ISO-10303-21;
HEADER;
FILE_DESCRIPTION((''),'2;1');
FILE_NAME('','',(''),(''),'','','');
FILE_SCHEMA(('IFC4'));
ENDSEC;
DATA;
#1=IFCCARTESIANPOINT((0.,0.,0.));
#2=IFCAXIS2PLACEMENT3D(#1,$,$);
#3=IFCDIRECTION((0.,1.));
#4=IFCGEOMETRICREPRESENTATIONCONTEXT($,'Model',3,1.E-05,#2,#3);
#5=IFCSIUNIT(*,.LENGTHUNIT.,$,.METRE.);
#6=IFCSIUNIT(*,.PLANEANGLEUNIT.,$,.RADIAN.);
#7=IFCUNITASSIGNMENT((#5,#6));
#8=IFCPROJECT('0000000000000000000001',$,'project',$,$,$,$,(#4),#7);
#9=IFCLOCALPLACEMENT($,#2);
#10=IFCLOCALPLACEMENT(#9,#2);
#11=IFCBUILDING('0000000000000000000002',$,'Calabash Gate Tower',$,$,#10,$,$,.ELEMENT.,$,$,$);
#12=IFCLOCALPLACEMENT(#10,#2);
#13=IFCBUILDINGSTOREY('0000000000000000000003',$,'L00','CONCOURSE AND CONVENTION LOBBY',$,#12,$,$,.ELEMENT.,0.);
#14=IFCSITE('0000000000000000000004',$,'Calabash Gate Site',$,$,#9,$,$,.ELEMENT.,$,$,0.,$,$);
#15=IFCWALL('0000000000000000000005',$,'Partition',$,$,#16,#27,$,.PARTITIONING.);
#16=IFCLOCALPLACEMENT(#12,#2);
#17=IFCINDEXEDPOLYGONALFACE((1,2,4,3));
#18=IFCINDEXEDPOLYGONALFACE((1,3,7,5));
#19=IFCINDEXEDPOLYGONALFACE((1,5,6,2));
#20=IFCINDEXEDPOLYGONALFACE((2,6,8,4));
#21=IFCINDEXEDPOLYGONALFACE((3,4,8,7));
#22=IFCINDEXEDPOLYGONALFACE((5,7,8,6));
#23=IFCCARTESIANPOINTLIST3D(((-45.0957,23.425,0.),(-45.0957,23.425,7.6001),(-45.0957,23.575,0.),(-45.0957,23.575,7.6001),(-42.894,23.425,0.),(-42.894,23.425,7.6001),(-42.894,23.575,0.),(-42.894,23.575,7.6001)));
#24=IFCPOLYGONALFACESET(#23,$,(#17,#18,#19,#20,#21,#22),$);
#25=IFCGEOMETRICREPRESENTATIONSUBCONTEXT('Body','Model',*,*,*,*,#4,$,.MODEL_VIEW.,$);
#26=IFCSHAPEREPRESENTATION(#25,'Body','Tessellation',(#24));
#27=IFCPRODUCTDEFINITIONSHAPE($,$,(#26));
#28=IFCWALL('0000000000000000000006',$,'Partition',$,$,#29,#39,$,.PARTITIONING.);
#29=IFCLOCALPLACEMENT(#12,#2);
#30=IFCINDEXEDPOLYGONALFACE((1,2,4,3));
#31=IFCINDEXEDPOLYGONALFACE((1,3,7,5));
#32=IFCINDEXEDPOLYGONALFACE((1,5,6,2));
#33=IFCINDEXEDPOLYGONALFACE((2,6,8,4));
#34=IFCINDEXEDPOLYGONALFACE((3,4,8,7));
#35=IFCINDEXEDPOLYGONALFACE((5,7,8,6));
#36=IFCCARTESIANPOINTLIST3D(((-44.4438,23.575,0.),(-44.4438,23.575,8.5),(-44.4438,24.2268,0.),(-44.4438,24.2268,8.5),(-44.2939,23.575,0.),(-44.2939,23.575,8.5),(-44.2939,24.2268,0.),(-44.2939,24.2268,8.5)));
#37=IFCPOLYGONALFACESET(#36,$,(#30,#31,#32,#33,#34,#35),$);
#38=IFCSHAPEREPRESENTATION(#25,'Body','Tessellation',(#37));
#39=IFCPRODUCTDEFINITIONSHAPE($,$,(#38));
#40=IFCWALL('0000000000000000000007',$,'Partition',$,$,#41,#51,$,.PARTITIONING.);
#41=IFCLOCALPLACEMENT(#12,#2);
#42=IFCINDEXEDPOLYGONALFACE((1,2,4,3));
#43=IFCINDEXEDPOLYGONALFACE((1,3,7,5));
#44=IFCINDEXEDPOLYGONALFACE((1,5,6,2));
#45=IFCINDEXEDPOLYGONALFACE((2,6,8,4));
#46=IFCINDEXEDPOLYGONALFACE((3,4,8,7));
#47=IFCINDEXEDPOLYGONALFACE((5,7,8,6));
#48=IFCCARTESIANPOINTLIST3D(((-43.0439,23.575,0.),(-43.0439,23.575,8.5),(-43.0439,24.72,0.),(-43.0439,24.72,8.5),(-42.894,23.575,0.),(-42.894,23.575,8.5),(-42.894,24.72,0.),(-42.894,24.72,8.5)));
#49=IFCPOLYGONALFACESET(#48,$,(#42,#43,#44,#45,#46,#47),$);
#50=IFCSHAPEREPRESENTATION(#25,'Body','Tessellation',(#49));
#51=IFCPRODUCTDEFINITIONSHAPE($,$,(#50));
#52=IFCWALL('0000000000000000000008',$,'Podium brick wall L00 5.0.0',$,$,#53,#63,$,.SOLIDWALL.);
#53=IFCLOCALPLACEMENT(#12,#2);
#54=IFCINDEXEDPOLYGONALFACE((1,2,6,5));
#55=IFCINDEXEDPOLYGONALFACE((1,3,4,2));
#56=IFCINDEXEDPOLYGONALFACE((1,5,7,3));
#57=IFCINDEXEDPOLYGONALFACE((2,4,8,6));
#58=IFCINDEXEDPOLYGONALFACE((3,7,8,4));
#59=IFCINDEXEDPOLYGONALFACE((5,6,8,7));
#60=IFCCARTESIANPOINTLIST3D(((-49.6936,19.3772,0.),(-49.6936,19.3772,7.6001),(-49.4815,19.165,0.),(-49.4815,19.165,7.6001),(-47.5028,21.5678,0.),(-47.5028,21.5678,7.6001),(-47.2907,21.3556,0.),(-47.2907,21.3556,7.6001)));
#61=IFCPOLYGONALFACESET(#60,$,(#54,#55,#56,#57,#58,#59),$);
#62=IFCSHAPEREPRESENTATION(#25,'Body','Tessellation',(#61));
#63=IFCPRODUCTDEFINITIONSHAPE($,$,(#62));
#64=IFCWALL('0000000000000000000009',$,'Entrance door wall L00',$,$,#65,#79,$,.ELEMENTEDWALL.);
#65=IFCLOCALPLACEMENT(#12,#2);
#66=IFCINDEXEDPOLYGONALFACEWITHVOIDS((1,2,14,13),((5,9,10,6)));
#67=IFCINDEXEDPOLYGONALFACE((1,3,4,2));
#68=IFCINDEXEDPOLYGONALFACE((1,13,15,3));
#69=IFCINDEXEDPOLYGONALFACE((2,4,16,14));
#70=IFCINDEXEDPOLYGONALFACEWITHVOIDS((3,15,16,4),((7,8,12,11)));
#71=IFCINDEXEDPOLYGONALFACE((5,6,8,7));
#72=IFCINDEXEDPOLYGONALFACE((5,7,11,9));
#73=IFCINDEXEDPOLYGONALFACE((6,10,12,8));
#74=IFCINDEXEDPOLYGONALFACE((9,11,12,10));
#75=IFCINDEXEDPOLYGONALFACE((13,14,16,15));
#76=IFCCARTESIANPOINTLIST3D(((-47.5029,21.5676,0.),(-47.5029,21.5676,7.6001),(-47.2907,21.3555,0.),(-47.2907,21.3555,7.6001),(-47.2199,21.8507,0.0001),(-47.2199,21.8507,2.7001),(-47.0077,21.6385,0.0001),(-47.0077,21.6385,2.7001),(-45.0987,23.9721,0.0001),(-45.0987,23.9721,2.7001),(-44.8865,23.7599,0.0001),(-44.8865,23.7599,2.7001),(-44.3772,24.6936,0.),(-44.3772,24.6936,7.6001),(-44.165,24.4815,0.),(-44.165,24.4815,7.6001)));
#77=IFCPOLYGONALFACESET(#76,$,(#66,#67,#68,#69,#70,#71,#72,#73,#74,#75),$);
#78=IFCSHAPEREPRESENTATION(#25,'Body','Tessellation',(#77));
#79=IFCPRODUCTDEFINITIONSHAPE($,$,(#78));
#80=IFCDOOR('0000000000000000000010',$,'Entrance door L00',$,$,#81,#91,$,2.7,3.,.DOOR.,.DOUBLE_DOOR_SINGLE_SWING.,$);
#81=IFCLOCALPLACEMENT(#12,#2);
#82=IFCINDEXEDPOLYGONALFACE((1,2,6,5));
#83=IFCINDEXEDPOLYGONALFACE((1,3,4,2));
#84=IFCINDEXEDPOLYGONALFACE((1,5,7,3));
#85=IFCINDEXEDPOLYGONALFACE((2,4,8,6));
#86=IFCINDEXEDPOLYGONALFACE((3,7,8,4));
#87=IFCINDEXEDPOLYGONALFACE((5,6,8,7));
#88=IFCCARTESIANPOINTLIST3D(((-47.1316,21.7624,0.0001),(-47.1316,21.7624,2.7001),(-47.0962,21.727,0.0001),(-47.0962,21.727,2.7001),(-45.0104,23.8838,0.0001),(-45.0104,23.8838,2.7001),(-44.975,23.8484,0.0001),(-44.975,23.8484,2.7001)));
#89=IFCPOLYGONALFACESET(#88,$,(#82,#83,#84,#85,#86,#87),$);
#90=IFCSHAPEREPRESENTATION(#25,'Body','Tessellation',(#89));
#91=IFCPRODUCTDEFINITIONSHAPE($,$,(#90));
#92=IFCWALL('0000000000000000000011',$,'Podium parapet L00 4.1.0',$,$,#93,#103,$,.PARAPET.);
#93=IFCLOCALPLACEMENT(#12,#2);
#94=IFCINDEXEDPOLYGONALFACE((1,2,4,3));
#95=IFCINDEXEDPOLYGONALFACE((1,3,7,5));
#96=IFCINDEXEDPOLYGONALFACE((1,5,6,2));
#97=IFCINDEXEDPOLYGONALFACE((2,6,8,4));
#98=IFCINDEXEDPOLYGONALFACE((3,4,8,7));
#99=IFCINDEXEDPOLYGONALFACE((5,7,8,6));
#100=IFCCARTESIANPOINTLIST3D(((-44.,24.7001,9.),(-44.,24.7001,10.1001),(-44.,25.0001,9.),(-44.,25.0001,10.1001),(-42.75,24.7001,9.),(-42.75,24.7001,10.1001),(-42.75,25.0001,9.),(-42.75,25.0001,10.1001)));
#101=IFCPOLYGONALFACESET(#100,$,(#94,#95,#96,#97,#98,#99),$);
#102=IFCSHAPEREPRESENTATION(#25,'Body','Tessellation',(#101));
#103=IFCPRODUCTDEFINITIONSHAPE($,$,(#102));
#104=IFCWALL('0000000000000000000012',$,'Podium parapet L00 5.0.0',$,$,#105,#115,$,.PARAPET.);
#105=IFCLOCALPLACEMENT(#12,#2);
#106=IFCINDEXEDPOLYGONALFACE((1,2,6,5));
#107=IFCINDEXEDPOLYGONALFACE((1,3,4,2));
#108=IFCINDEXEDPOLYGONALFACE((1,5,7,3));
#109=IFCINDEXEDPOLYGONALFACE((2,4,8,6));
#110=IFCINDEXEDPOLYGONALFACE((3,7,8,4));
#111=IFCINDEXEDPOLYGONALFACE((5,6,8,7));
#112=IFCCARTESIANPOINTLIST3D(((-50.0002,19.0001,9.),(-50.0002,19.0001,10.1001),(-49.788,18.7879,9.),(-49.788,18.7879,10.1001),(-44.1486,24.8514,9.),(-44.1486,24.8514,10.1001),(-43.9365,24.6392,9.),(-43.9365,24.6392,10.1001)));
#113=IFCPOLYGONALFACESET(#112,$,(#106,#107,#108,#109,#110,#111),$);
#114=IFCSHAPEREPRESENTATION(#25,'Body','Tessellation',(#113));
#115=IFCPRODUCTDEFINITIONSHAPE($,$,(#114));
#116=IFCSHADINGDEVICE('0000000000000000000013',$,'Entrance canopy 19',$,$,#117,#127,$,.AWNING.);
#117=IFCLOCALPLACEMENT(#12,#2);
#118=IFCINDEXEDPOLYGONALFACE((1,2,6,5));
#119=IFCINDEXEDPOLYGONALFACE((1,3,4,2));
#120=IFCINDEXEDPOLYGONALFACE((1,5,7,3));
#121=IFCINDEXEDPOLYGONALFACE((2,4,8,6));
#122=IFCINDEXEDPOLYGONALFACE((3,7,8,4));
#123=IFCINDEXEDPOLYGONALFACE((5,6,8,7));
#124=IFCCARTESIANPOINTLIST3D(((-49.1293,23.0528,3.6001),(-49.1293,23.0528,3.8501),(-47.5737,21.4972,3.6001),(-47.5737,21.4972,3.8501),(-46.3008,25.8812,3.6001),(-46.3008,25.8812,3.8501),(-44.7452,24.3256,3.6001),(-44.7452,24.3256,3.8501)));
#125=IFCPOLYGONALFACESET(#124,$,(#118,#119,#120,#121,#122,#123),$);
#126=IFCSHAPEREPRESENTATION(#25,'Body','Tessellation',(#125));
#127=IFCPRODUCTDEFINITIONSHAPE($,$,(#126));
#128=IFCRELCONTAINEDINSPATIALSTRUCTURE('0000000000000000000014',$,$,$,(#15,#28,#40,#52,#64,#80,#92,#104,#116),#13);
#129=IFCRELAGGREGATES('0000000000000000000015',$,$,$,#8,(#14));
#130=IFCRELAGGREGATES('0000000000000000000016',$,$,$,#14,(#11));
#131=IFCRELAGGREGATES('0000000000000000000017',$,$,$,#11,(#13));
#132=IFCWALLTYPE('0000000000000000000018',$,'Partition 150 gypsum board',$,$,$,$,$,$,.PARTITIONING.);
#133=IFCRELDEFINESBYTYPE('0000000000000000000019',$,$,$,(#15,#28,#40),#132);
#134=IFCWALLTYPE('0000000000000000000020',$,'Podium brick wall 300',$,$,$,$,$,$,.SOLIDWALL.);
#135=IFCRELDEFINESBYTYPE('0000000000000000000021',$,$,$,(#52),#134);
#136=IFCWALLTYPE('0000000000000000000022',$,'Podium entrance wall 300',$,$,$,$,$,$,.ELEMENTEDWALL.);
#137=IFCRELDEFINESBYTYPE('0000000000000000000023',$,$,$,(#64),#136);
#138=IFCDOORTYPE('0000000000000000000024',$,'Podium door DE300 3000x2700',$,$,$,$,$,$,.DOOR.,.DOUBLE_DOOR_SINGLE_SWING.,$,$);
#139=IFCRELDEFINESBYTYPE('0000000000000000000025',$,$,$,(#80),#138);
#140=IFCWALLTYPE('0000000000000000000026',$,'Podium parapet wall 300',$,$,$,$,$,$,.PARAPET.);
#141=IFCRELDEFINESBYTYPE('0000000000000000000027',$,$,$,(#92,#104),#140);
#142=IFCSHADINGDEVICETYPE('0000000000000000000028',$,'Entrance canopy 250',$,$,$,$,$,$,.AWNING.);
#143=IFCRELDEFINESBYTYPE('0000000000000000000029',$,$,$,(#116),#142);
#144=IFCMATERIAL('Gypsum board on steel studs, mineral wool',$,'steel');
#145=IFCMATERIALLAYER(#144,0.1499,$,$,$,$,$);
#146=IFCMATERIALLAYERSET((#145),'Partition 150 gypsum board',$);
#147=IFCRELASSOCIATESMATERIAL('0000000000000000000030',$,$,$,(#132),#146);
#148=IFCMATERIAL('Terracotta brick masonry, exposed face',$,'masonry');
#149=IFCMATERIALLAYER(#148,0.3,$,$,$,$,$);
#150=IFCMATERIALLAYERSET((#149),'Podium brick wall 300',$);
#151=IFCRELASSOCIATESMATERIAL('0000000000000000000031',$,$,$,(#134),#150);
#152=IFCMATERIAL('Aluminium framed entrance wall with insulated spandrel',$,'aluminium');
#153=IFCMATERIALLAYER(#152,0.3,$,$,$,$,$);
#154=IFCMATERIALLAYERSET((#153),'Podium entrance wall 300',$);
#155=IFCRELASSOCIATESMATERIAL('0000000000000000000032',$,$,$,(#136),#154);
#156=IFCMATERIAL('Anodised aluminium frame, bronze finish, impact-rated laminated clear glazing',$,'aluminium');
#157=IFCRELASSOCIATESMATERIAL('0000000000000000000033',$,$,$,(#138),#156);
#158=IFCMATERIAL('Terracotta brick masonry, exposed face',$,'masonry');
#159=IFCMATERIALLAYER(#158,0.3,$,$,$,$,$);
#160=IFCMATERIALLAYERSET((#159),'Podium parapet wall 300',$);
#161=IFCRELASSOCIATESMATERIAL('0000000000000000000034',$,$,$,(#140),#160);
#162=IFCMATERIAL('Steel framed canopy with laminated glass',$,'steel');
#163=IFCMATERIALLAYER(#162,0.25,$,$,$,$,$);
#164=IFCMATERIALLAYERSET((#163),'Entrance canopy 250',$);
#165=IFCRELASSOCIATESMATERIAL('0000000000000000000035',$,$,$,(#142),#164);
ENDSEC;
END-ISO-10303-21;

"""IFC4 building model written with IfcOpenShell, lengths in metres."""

from ifc_helpers import new_model, si_unit, direction, frame, frame_2d, origin, origin_2d, place, context, subcontext, project, spatial, rectangle, extrude, material, layer, layer_set, type_object, element, fill, save


model = new_model("IFC4")

# Units and contexts
model_context = context("Model", 3, precision=1e-05, world=origin(), true_north=direction((0.0, 1.0)))
body_context = subcontext(model_context, "Body", "Model", "MODEL_VIEW")
ifc_project = project(units=[si_unit("LENGTHUNIT", "METRE"), si_unit("PLANEANGLEUNIT", "RADIAN")], contexts=[model_context])

# Site, building, storey
site_placement = place(None, origin())
site = spatial("IfcSite", under=ifc_project, at=site_placement, Name="Calabash Gate Site", CompositionType="ELEMENT", RefElevation=0.0)
building_placement = place(site_placement, origin())
building = spatial("IfcBuilding", under=site, at=building_placement, Name="Calabash Gate Tower", CompositionType="ELEMENT")
storey_placement = place(building_placement, origin())
storey = spatial("IfcBuildingStorey", under=building, at=storey_placement, Name="L00", Description="CONCOURSE AND CONVENTION LOBBY", CompositionType="ELEMENT", Elevation=0.0)

# Walls
ifc_material_1 = material(Name="Gypsum board on steel studs, mineral wool", Category="steel")
ifc_layer_1 = layer(ifc_material_1, 0.1499)
ifc_layer_set_1 = layer_set([ifc_layer_1], Name="Partition 150 gypsum board")
wall_type_1 = type_object("IfcWallType", Name="Partition 150 gypsum board", PredefinedType="PARTITIONING", material=ifc_layer_set_1)
wall_1_placement = place(storey_placement, frame((-45.0957, 23.5, 0.0), z_axis=(0.0, 0.0, 1.0), x_axis=(1.0, 0.0, 0.0)))
element("IfcWall", 1, at=wall_1_placement, inside=storey, type_object=wall_type_1, Name="Partition", PredefinedType="PARTITIONING", context=body_context, shape_type="SweptSolid", body=[
    extrude(rectangle(XDim=2.2017, YDim=0.1499, at=frame_2d((1.1008, 0.0))), origin(), (0.0, 0.0, 1.0), 7.6001),
])
wall_2_placement = place(storey_placement, frame((-44.3689, 23.575, 0.0), z_axis=(0.0, 0.0, 1.0), x_axis=(0.0, 1.0, 0.0)))
element("IfcWall", 2, at=wall_2_placement, inside=storey, type_object=wall_type_1, Name="Partition", PredefinedType="PARTITIONING", context=body_context, shape_type="SweptSolid", body=[
    extrude(rectangle(XDim=0.6519, YDim=0.1499, at=frame_2d((0.3259, 0.0))), origin(), (0.0, 0.0, 1.0), 8.5),
])
wall_3_placement = place(storey_placement, frame((-42.969, 23.575, 0.0), z_axis=(0.0, 0.0, 1.0), x_axis=(0.0, 1.0, 0.0)))
element("IfcWall", 3, at=wall_3_placement, inside=storey, type_object=wall_type_1, Name="Partition", PredefinedType="PARTITIONING", context=body_context, shape_type="SweptSolid", body=[
    extrude(rectangle(XDim=1.145, YDim=0.1499, at=frame_2d((0.5725, 0.0))), origin(), (0.0, 0.0, 1.0), 8.5),
])
ifc_material_2 = material(Name="Terracotta brick masonry, exposed face", Category="masonry")
ifc_layer_2 = layer(ifc_material_2, 0.3)
ifc_layer_set_2 = layer_set([ifc_layer_2], Name="Podium brick wall 300")
wall_type_2 = type_object("IfcWallType", Name="Podium brick wall 300", PredefinedType="SOLIDWALL", material=ifc_layer_set_2)
wall_4_placement = place(storey_placement, frame((-47.3967, 21.4617, 0.0), z_axis=(0.0, 0.0, 1.0), x_axis=(-0.707146, -0.707067, 0.0)))
element("IfcWall", 4, at=wall_4_placement, inside=storey, type_object=wall_type_2, Name="Podium brick wall L00 5.0.0", PredefinedType="SOLIDWALL", context=body_context, shape_type="SweptSolid", body=[
    extrude(rectangle(XDim=3.0981, YDim=0.3, at=frame_2d((1.5491, 0.0))), origin(), (0.0, 0.0, 1.0), 7.6001),
])

# Wall, opening, door
ifc_material_3 = material(Name="Aluminium framed entrance wall with insulated spandrel", Category="aluminium")
ifc_layer_3 = layer(ifc_material_3, 0.3)
ifc_layer_set_3 = layer_set([ifc_layer_3], Name="Podium entrance wall 300")
wall_type_3 = type_object("IfcWallType", Name="Podium entrance wall 300", PredefinedType="ELEMENTEDWALL", material=ifc_layer_set_3)
wall_5_placement = place(storey_placement, frame((-44.271, 24.5876, 0.0), z_axis=(0.0, 0.0, 1.0), x_axis=(-0.707079, -0.707134, 0.0)))
wall_5 = element("IfcWall", 5, at=wall_5_placement, inside=storey, type_object=wall_type_3, Name="Entrance door wall L00", PredefinedType="ELEMENTEDWALL", context=body_context, shape_type="SweptSolid", body=[
    extrude(rectangle(XDim=4.4207, YDim=0.3, at=frame_2d((2.2104, 0.0))), origin(), (0.0, 0.0, 1.0), 7.6001),
])
opening_placement = place(wall_5_placement, frame((1.0205, 0.0, 0.0)))
opening = element("IfcOpeningElement", 6, at=opening_placement, cuts=wall_5, PredefinedType="OPENING", context=body_context, shape_type="SweptSolid", body=[
    extrude(rectangle(XDim=3.0, YDim=2.7, at=frame_2d((1.5, 1.3501))), frame((0.0, 0.1599, 0.0), z_axis=(0.0, -1.0, 0.0), x_axis=(1.0, 0.0, 0.0)), (0.0, 0.0, 1.0), 0.3201),
])
ifc_material_4 = material(Name="Anodised aluminium frame, bronze finish, impact-rated laminated clear glazing", Category="aluminium")
door_type = type_object("IfcDoorType", Name="Podium door DE300 3000x2700", OperationType="DOUBLE_DOOR_SINGLE_SWING", PredefinedType="DOOR", material=ifc_material_4)
door_placement = place(opening_placement, origin())
door = element("IfcDoor", 7, at=door_placement, inside=storey, type_object=door_type, Name="Entrance door L00", OperationType="DOUBLE_DOOR_SINGLE_SWING", OverallHeight=2.7, OverallWidth=3.0, PredefinedType="DOOR", context=body_context, shape_type="SweptSolid", body=[
    extrude(rectangle(XDim=3.0, YDim=2.7, at=frame_2d((1.5, 1.3501))), frame((0.0, 0.0249, 0.0), z_axis=(0.0, -1.0, 0.0), x_axis=(1.0, 0.0, 0.0)), (0.0, 0.0, 1.0), 0.05),
])
fill(opening, door)

# Walls
ifc_material_5 = material(Name="Terracotta brick masonry, exposed face", Category="masonry")
ifc_layer_4 = layer(ifc_material_5, 0.3)
ifc_layer_set_4 = layer_set([ifc_layer_4], Name="Podium parapet wall 300")
wall_type_4 = type_object("IfcWallType", Name="Podium parapet wall 300", PredefinedType="PARAPET", material=ifc_layer_set_4)
wall_6_placement = place(storey_placement, frame((-42.75, 24.8501, 9.0), z_axis=(0.0, 0.0, 1.0), x_axis=(-1.0, 0.0, 0.0)))
element("IfcWall", 8, at=wall_6_placement, inside=storey, type_object=wall_type_4, Name="Podium parapet L00 4.1.0", PredefinedType="PARAPET", context=body_context, shape_type="SweptSolid", body=[
    extrude(rectangle(XDim=1.25, YDim=0.3, at=frame_2d((0.625, 0.0))), origin(), (0.0, 0.0, 1.0), 1.1001),
])
wall_7_placement = place(storey_placement, frame((-44.0425, 24.7454, 9.0), z_axis=(0.0, 0.0, 1.0), x_axis=(-0.707122, -0.707092, 0.0)))
element("IfcWall", 9, at=wall_7_placement, inside=storey, type_object=wall_type_4, Name="Podium parapet L00 5.0.0", PredefinedType="PARAPET", context=body_context, shape_type="SweptSolid", body=[
    extrude(rectangle(XDim=8.2751, YDim=0.3, at=frame_2d((4.1377, 0.0))), origin(), (0.0, 0.0, 1.0), 1.1001),
])

# Shading device
ifc_material_6 = material(Name="Steel framed canopy with laminated glass", Category="steel")
ifc_layer_5 = layer(ifc_material_6, 0.25)
ifc_layer_set_5 = layer_set([ifc_layer_5], Name="Entrance canopy 250")
shading_device_type = type_object("IfcShadingDeviceType", Name="Entrance canopy 250", PredefinedType="AWNING", material=ifc_layer_set_5)
shading_device_placement = place(storey_placement, frame((-46.9373, 23.6892, 3.6001), z_axis=(0.0, 0.0, 1.0), x_axis=(-0.707107, -0.707107, 0.0)))
element("IfcShadingDevice", 10, at=shading_device_placement, inside=storey, type_object=shading_device_type, Name="Entrance canopy 19", PredefinedType="AWNING", context=body_context, shape_type="SweptSolid", body=[
    extrude(rectangle(XDim=4.0, YDim=2.2, at=origin_2d()), origin(), (0.0, 0.0, 1.0), 0.25),
])

save(model, "model.ifc")
